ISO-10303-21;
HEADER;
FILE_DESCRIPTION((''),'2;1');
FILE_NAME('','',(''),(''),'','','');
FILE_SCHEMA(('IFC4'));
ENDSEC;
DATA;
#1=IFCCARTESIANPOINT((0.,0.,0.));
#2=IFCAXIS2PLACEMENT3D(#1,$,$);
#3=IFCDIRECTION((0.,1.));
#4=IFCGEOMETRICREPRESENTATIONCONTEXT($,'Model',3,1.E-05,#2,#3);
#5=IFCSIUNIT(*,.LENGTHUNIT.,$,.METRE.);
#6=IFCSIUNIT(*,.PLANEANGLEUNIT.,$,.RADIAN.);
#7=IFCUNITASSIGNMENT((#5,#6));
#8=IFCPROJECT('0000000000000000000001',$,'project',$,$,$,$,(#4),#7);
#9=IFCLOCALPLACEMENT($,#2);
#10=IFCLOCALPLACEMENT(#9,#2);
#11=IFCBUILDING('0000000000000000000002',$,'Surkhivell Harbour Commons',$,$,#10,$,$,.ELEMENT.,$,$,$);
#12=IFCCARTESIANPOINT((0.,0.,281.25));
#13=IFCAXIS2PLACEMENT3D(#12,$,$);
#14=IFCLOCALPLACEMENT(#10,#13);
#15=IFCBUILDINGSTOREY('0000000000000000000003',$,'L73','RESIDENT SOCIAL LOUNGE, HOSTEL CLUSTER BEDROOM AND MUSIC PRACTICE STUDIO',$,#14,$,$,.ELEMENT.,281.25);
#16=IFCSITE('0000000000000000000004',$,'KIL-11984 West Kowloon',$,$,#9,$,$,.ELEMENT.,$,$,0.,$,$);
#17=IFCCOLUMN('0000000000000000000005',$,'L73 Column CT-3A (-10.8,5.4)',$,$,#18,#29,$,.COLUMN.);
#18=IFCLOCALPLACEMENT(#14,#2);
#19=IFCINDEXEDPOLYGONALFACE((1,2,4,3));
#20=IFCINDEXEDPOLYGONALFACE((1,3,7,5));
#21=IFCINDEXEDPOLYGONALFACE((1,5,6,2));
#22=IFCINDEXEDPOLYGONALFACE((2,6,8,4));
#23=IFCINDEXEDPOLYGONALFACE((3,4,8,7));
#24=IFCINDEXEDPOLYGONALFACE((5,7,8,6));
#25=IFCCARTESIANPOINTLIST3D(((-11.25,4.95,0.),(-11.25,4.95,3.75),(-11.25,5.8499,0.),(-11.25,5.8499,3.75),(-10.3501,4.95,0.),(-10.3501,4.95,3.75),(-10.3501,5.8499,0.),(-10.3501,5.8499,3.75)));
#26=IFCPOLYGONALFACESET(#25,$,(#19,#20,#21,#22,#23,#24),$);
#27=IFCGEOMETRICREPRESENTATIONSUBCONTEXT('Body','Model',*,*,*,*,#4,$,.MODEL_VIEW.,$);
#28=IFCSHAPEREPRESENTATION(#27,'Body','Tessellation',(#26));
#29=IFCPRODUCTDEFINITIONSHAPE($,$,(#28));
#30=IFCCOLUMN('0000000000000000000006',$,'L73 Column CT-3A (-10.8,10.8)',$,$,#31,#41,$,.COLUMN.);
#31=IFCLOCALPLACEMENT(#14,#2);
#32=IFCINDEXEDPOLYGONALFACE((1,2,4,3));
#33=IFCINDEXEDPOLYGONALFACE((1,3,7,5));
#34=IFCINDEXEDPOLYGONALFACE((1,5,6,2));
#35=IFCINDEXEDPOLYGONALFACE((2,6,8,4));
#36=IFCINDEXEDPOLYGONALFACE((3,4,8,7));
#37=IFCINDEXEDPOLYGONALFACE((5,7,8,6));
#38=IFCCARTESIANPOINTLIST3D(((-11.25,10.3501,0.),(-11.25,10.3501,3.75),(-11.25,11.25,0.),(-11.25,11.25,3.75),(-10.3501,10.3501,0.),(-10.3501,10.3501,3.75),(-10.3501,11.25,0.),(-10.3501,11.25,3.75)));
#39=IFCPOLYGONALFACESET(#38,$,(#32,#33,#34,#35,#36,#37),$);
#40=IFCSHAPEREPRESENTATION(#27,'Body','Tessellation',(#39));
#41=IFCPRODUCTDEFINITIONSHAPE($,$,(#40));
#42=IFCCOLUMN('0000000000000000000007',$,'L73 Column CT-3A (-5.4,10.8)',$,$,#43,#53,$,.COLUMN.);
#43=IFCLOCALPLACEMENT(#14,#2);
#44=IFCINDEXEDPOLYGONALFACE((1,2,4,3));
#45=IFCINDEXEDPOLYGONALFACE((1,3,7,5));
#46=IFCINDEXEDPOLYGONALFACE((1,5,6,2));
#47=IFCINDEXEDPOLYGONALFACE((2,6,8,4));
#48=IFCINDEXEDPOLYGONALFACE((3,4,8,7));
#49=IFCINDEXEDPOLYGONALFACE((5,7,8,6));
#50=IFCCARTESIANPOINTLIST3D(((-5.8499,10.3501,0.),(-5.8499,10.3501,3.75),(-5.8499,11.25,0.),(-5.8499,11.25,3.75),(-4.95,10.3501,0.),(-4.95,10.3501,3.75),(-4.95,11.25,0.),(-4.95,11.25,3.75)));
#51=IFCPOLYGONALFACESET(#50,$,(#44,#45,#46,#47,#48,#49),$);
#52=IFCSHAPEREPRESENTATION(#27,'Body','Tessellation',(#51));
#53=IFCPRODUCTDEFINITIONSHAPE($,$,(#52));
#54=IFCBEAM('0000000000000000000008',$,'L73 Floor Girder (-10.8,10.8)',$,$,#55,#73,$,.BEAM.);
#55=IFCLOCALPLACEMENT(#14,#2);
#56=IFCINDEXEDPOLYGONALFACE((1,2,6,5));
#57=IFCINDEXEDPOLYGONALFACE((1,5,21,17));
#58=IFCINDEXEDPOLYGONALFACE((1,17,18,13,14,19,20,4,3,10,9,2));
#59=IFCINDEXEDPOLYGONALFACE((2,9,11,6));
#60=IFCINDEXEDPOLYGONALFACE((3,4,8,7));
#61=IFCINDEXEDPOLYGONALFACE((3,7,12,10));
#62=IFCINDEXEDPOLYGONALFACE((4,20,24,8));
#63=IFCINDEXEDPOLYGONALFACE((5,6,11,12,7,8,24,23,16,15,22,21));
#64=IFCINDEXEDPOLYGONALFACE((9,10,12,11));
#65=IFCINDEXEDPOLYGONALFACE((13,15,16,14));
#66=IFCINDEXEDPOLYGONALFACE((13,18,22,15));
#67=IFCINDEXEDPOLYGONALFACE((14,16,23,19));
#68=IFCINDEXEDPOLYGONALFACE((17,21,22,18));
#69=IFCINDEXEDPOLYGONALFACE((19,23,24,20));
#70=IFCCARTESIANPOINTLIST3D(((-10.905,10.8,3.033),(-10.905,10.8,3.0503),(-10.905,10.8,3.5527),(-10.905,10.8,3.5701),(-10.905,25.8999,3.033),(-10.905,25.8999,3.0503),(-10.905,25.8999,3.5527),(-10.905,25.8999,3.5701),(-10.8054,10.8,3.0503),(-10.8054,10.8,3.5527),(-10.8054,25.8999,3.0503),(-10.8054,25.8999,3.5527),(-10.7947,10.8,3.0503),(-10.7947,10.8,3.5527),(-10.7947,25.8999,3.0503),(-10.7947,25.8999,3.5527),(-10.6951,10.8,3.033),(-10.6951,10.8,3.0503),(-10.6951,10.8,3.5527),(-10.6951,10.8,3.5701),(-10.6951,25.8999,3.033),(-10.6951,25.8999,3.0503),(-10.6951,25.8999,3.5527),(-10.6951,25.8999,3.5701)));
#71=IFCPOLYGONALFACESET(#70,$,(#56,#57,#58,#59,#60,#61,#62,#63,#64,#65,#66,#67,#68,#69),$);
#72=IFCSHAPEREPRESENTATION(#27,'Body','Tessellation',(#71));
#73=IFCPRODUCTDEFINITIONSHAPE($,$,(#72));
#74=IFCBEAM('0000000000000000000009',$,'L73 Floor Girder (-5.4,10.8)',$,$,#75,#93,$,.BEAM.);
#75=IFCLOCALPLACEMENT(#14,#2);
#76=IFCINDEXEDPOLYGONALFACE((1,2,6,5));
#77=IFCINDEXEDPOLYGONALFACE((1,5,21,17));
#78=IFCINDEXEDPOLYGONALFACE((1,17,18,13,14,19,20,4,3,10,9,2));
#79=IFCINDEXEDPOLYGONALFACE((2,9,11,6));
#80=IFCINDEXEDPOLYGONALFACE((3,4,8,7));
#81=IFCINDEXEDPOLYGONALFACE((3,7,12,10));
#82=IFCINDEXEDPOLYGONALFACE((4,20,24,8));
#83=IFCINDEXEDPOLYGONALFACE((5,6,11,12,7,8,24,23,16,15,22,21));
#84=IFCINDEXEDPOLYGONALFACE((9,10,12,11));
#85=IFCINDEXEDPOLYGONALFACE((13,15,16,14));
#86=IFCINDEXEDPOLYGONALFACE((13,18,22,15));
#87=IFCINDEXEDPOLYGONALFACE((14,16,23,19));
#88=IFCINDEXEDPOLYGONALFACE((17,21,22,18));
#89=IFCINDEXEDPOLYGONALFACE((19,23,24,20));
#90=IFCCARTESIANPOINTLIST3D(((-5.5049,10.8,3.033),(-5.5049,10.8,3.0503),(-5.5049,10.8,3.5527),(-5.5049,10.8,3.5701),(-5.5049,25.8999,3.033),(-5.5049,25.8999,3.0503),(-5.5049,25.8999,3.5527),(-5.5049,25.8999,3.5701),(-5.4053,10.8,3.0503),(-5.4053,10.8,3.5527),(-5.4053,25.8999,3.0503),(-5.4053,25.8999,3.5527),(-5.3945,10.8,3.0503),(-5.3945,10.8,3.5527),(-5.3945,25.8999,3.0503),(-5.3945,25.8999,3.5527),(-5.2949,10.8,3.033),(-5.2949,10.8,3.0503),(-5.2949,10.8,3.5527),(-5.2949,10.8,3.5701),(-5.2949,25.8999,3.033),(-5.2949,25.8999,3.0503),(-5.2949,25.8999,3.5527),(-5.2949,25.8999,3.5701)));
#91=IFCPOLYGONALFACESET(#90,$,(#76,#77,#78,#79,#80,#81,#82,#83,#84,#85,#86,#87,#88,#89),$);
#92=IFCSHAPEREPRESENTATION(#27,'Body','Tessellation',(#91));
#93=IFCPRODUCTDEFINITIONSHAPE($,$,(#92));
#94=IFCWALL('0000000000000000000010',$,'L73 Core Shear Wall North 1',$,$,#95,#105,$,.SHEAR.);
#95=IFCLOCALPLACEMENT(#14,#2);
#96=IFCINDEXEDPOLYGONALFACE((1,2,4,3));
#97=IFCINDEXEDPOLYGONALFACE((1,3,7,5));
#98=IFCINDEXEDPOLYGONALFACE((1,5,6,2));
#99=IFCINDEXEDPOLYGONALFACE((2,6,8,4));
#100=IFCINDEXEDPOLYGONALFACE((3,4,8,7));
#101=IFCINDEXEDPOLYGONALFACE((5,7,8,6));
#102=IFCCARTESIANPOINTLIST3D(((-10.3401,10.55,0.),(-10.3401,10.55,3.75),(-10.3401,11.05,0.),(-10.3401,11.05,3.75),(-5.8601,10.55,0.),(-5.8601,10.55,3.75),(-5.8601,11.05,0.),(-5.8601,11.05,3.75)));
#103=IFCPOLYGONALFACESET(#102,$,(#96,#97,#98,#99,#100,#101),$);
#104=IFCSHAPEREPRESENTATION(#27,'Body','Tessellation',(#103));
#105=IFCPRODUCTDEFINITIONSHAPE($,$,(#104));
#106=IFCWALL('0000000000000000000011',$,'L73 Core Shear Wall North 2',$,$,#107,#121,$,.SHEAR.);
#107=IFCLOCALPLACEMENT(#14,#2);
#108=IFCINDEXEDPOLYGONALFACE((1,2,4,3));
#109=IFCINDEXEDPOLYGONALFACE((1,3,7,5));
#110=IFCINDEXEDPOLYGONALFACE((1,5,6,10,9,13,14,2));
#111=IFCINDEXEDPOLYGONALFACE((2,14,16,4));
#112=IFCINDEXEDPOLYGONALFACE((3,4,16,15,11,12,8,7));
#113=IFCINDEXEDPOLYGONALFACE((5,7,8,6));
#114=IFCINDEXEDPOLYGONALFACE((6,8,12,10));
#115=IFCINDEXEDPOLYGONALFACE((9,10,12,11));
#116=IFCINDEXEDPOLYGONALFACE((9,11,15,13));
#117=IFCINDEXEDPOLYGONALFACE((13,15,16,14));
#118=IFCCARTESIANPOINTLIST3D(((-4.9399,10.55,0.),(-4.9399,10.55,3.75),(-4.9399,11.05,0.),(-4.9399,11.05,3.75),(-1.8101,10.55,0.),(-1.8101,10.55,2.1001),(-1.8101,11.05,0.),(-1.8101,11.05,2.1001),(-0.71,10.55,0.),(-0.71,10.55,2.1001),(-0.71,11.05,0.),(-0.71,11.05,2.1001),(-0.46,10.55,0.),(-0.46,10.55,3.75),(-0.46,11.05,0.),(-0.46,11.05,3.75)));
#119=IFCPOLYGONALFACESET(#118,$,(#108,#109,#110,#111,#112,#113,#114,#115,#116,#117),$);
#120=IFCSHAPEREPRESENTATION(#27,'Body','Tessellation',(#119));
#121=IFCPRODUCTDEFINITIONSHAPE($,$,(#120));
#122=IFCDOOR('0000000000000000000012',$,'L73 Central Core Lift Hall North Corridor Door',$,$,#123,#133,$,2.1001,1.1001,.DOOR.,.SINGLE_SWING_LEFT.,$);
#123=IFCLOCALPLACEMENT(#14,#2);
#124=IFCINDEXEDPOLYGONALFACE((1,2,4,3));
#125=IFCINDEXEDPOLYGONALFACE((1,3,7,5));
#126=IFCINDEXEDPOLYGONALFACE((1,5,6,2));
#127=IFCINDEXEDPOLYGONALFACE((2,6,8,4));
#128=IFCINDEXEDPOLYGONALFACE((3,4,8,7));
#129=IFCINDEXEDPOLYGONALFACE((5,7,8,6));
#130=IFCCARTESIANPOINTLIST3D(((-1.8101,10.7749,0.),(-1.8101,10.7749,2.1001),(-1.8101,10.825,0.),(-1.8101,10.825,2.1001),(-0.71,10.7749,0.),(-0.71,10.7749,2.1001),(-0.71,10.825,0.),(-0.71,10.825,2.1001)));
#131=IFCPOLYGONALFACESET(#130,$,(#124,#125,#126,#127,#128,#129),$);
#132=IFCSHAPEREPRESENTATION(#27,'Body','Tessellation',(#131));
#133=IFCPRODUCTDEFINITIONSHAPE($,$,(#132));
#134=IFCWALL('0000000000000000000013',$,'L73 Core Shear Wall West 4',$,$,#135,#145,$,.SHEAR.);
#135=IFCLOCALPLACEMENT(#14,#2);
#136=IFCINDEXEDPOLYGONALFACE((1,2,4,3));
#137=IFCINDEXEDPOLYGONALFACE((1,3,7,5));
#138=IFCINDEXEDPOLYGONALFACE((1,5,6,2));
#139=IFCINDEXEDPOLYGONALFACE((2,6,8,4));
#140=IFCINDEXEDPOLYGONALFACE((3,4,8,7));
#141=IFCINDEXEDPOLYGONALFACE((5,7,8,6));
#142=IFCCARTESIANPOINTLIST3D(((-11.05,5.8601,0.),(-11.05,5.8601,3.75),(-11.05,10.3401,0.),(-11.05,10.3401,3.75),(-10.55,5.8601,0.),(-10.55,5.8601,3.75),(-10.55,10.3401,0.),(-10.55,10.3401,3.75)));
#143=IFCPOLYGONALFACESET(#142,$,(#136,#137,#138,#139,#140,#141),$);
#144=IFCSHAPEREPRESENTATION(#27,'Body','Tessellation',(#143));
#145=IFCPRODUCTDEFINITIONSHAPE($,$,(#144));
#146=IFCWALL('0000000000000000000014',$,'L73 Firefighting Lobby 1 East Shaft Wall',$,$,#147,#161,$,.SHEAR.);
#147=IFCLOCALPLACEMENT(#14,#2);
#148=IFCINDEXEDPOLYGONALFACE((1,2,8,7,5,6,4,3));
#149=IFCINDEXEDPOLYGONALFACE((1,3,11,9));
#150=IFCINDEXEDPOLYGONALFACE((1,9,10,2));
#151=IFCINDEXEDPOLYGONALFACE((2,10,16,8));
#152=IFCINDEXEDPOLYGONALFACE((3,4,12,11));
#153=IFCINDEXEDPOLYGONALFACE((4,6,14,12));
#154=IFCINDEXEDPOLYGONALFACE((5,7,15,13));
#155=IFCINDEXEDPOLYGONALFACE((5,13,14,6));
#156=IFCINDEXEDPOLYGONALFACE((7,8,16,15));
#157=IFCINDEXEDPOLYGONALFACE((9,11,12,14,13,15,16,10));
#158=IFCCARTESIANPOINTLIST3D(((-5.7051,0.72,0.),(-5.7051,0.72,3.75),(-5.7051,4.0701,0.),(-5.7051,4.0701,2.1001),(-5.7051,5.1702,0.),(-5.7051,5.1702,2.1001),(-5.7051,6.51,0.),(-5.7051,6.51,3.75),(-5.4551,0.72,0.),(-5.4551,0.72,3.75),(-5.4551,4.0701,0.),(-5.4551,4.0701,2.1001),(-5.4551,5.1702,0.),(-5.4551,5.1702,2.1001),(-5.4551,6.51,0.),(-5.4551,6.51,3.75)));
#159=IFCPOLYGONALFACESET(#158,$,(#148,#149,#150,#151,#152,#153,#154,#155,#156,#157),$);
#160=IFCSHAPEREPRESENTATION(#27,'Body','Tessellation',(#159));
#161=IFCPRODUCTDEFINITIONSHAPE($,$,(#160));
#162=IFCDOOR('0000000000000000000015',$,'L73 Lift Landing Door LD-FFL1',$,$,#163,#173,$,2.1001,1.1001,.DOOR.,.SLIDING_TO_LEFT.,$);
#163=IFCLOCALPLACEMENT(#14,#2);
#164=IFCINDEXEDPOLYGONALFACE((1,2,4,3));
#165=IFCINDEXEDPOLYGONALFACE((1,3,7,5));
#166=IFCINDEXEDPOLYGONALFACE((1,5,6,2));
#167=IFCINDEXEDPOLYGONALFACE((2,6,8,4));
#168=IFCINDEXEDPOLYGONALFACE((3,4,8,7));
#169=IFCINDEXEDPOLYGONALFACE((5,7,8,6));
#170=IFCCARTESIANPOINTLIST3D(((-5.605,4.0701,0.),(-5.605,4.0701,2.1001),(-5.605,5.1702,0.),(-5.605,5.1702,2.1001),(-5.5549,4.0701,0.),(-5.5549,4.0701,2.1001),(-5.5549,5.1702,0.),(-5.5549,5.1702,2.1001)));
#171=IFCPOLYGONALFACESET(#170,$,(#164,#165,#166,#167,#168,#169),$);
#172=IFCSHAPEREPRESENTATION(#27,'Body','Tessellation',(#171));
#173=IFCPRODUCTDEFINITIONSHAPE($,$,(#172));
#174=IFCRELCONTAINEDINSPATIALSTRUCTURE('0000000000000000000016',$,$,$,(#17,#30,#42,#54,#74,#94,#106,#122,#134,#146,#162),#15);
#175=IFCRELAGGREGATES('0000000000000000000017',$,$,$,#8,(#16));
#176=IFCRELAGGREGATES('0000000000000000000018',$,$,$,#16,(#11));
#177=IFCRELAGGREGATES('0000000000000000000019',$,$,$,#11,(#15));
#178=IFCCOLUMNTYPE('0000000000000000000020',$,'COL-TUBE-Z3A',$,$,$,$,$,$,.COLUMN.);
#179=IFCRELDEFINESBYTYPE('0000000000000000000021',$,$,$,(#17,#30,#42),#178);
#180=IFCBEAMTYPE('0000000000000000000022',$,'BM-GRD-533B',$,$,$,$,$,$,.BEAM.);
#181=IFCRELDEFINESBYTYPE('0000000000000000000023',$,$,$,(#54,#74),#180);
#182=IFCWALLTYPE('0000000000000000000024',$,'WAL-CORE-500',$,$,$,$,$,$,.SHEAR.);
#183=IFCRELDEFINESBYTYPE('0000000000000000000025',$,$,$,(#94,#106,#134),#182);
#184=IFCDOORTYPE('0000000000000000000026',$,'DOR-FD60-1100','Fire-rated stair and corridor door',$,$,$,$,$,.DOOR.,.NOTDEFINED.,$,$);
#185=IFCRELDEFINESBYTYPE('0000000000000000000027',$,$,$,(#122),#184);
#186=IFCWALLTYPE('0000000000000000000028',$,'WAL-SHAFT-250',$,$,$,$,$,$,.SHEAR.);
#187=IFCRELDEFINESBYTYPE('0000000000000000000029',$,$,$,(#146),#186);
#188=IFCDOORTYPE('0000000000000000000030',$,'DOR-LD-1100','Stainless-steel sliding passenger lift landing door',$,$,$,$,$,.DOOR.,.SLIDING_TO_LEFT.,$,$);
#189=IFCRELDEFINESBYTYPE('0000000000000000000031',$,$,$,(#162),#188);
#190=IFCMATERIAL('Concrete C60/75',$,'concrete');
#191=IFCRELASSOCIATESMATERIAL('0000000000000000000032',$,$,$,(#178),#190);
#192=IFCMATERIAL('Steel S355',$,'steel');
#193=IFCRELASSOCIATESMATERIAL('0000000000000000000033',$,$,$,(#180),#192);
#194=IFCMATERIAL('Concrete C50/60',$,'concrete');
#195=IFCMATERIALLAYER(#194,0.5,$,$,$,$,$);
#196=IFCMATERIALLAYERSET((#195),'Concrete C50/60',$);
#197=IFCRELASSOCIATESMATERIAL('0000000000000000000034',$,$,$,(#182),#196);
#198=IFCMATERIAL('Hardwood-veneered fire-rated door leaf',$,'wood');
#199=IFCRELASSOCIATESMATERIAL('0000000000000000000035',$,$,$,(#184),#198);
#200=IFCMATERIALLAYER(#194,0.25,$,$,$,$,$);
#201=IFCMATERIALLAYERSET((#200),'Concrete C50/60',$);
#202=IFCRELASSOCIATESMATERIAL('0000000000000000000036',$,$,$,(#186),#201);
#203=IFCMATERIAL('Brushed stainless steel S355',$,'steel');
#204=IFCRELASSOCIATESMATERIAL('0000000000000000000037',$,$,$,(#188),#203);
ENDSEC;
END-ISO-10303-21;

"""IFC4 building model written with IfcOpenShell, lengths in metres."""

from ifc_helpers import new_model, si_unit, direction, frame, frame_2d, origin, origin_2d, place, context, subcontext, project, spatial, rectangle, i_section, extrude, material, layer, layer_set, material_profile, profile_set, type_object, element, fill, save


model = new_model("IFC4")

# Units and contexts
model_context = context("Model", 3, precision=1e-05, world=origin(), true_north=direction((0.0, 1.0)))
body_context = subcontext(model_context, "Body", "Model", "MODEL_VIEW")
ifc_project = project(units=[si_unit("LENGTHUNIT", "METRE"), si_unit("PLANEANGLEUNIT", "RADIAN")], contexts=[model_context])

# Site, building, storey
site_placement = place(None, origin())
site = spatial("IfcSite", under=ifc_project, at=site_placement, Name="KIL-11984 West Kowloon", CompositionType="ELEMENT", RefElevation=0.0)
building_placement = place(site_placement, origin())
building = spatial("IfcBuilding", under=site, at=building_placement, Name="Surkhivell Harbour Commons", CompositionType="ELEMENT")
storey_placement = place(building_placement, frame((0.0, 0.0, 281.25)))
storey = spatial("IfcBuildingStorey", under=building, at=storey_placement, Name="L73", Description="RESIDENT SOCIAL LOUNGE, HOSTEL CLUSTER BEDROOM AND MUSIC PRACTICE STUDIO", CompositionType="ELEMENT", Elevation=281.25)

# Columns
ifc_material_1 = material(Name="Concrete C60/75", Category="concrete")
ifc_material_profile_1 = material_profile(ifc_material_1, rectangle(XDim=0.8999, YDim=0.8999, at=origin_2d()), Name="RC-COL-900x900")
ifc_profile_set_1 = profile_set([ifc_material_profile_1], Name="Concrete C60/75")
column_type = type_object("IfcColumnType", Name="COL-TUBE-Z3A", PredefinedType="COLUMN", material=ifc_profile_set_1)
for number, where, z_axis, x_axis, name in (
    (1, (-10.8, 5.3999, 0.0), (0.0, 0.0, 1.0), (1.0, 0.0, 0.0), "L73 Column CT-3A (-10.8,5.4)"),
    (2, (-10.8, 10.8, 0.0), (0.0, 0.0, 1.0), (1.0, 0.0, 0.0), "L73 Column CT-3A (-10.8,10.8)"),
    (3, (-5.3999, 10.8, 0.0), (0.0, 0.0, 1.0), (1.0, 0.0, 0.0), "L73 Column CT-3A (-5.4,10.8)"),
):
    element("IfcColumn", number, at=place(storey_placement, frame(where, z_axis=z_axis, x_axis=x_axis)), inside=storey, type_object=column_type, Name=name, PredefinedType="COLUMN", context=body_context, shape_type="SweptSolid", body=[
        extrude(rectangle(XDim=0.8999, YDim=0.8999, at=origin_2d()), origin(), (0.0, 0.0, 1.0), 3.75),
    ])

# Beams
ifc_material_2 = material(Name="Steel S355", Category="steel")
ifc_material_profile_2 = material_profile(ifc_material_2, i_section(OverallWidth=0.21, OverallDepth=0.5371, WebThickness=0.0107, FlangeThickness=0.0173, at=origin_2d()), Name="UB533x210x101")
ifc_profile_set_2 = profile_set([ifc_material_profile_2], Name="Steel S355")
beam_type = type_object("IfcBeamType", Name="BM-GRD-533B", PredefinedType="BEAM", material=ifc_profile_set_2)
for number, where, z_axis, x_axis, name in (
    (4, (-10.8, 10.8, 3.3015), (0.0, 1.0, 0.0), (-1.0, 0.0, 0.0), "L73 Floor Girder (-10.8,10.8)"),
    (5, (-5.3999, 10.8, 3.3015), (0.0, 1.0, 0.0), (-1.0, 0.0, 0.0), "L73 Floor Girder (-5.4,10.8)"),
):
    element("IfcBeam", number, at=place(storey_placement, frame(where, z_axis=z_axis, x_axis=x_axis)), inside=storey, type_object=beam_type, Name=name, PredefinedType="BEAM", context=body_context, shape_type="SweptSolid", body=[
        extrude(i_section(OverallWidth=0.21, OverallDepth=0.5371, WebThickness=0.0107, FlangeThickness=0.0173, at=origin_2d()), origin(), (0.0, 0.0, 1.0), 15.0999),
    ])

# Wall
ifc_material_3 = material(Name="Concrete C50/60", Category="concrete")
ifc_layer_1 = layer(ifc_material_3, 0.5)
ifc_layer_set_1 = layer_set([ifc_layer_1], Name="Concrete C50/60")
wall_type_1 = type_object("IfcWallType", Name="WAL-CORE-500", PredefinedType="SHEAR", material=ifc_layer_set_1)
wall_1_placement = place(storey_placement, frame((-10.3401, 10.8, 0.0), z_axis=(0.0, 0.0, 1.0), x_axis=(1.0, 0.0, 0.0)))
element("IfcWall", 6, at=wall_1_placement, inside=storey, type_object=wall_type_1, Name="L73 Core Shear Wall North 1", PredefinedType="SHEAR", context=body_context, shape_type="SweptSolid", body=[
    extrude(rectangle(XDim=4.48, YDim=0.5, at=frame_2d((2.24, 0.0))), origin(), (0.0, 0.0, 1.0), 3.75),
])

# Wall, opening, door
wall_2_placement = place(storey_placement, frame((-4.9399, 10.8, 0.0), z_axis=(0.0, 0.0, 1.0), x_axis=(1.0, 0.0, 0.0)))
wall_2 = element("IfcWall", 7, at=wall_2_placement, inside=storey, type_object=wall_type_1, Name="L73 Core Shear Wall North 2", PredefinedType="SHEAR", context=body_context, shape_type="SweptSolid", body=[
    extrude(rectangle(XDim=4.48, YDim=0.5, at=frame_2d((2.24, 0.0))), origin(), (0.0, 0.0, 1.0), 3.75),
])
opening_1_placement = place(wall_2_placement, frame((3.1299, 0.0, 0.0)))
opening_1 = element("IfcOpeningElement", 8, at=opening_1_placement, cuts=wall_2, PredefinedType="OPENING", context=body_context, shape_type="SweptSolid", body=[
    extrude(rectangle(XDim=1.1001, YDim=2.1001, at=frame_2d((0.55, 1.05))), frame((0.0, 0.26, 0.0), z_axis=(0.0, -1.0, 0.0), x_axis=(1.0, 0.0, 0.0)), (0.0, 0.0, 1.0), 0.52),
])
ifc_material_4 = material(Name="Hardwood-veneered fire-rated door leaf", Category="wood")
door_type_1 = type_object("IfcDoorType", Name="DOR-FD60-1100", Description="Fire-rated stair and corridor door", OperationType="NOTDEFINED", PredefinedType="DOOR", material=ifc_material_4)
door_1_placement = place(opening_1_placement, origin())
door_1 = element("IfcDoor", 9, at=door_1_placement, inside=storey, type_object=door_type_1, Name="L73 Central Core Lift Hall North Corridor Door", OperationType="SINGLE_SWING_LEFT", OverallHeight=2.1001, OverallWidth=1.1001, PredefinedType="DOOR", context=body_context, shape_type="SweptSolid", body=[
    extrude(rectangle(XDim=1.1001, YDim=2.1001, at=frame_2d((0.55, 1.05))), frame((0.0, 0.0249, 0.0), z_axis=(0.0, -1.0, 0.0), x_axis=(1.0, 0.0, 0.0)), (0.0, 0.0, 1.0), 0.05),
])
fill(opening_1, door_1)

# Wall
wall_3_placement = place(storey_placement, frame((-10.8, 5.8601, 0.0), z_axis=(0.0, 0.0, 1.0), x_axis=(0.0, 1.0, 0.0)))
element("IfcWall", 10, at=wall_3_placement, inside=storey, type_object=wall_type_1, Name="L73 Core Shear Wall West 4", PredefinedType="SHEAR", context=body_context, shape_type="SweptSolid", body=[
    extrude(rectangle(XDim=4.48, YDim=0.5, at=frame_2d((2.24, 0.0))), origin(), (0.0, 0.0, 1.0), 3.75),
])

# Wall, opening, door
ifc_layer_2 = layer(ifc_material_3, 0.25)
ifc_layer_set_2 = layer_set([ifc_layer_2], Name="Concrete C50/60")
wall_type_2 = type_object("IfcWallType", Name="WAL-SHAFT-250", PredefinedType="SHEAR", material=ifc_layer_set_2)
wall_4_placement = place(storey_placement, frame((-5.5801, 0.72, 0.0), z_axis=(0.0, 0.0, 1.0), x_axis=(0.0, 1.0, 0.0)))
wall_4 = element("IfcWall", 11, at=wall_4_placement, inside=storey, type_object=wall_type_2, Name="L73 Firefighting Lobby 1 East Shaft Wall", PredefinedType="SHEAR", context=body_context, shape_type="SweptSolid", body=[
    extrude(rectangle(XDim=5.79, YDim=0.25, at=frame_2d((2.895, 0.0))), origin(), (0.0, 0.0, 1.0), 3.75),
])
opening_2_placement = place(wall_4_placement, frame((3.3501, 0.0, 0.0)))
opening_2 = element("IfcOpeningElement", 12, at=opening_2_placement, cuts=wall_4, PredefinedType="OPENING", context=body_context, shape_type="SweptSolid", body=[
    extrude(rectangle(XDim=1.1001, YDim=2.1001, at=frame_2d((0.55, 1.05))), frame((0.0, 0.135, 0.0), z_axis=(0.0, -1.0, 0.0), x_axis=(1.0, 0.0, 0.0)), (0.0, 0.0, 1.0), 0.27),
])
ifc_material_5 = material(Name="Brushed stainless steel S355", Category="steel")
door_type_2 = type_object("IfcDoorType", Name="DOR-LD-1100", Description="Stainless-steel sliding passenger lift landing door", OperationType="SLIDING_TO_LEFT", PredefinedType="DOOR", material=ifc_material_5)
door_2_placement = place(opening_2_placement, origin())
door_2 = element("IfcDoor", 13, at=door_2_placement, inside=storey, type_object=door_type_2, Name="L73 Lift Landing Door LD-FFL1", OperationType="SLIDING_TO_LEFT", OverallHeight=2.1001, OverallWidth=1.1001, PredefinedType="DOOR", context=body_context, shape_type="SweptSolid", body=[
    extrude(rectangle(XDim=1.1001, YDim=2.1001, at=frame_2d((0.55, 1.05))), frame((0.0, 0.0249, 0.0), z_axis=(0.0, -1.0, 0.0), x_axis=(1.0, 0.0, 0.0)), (0.0, 0.0, 1.0), 0.05),
])
fill(opening_2, door_2)

save(model, "model.ifc")
